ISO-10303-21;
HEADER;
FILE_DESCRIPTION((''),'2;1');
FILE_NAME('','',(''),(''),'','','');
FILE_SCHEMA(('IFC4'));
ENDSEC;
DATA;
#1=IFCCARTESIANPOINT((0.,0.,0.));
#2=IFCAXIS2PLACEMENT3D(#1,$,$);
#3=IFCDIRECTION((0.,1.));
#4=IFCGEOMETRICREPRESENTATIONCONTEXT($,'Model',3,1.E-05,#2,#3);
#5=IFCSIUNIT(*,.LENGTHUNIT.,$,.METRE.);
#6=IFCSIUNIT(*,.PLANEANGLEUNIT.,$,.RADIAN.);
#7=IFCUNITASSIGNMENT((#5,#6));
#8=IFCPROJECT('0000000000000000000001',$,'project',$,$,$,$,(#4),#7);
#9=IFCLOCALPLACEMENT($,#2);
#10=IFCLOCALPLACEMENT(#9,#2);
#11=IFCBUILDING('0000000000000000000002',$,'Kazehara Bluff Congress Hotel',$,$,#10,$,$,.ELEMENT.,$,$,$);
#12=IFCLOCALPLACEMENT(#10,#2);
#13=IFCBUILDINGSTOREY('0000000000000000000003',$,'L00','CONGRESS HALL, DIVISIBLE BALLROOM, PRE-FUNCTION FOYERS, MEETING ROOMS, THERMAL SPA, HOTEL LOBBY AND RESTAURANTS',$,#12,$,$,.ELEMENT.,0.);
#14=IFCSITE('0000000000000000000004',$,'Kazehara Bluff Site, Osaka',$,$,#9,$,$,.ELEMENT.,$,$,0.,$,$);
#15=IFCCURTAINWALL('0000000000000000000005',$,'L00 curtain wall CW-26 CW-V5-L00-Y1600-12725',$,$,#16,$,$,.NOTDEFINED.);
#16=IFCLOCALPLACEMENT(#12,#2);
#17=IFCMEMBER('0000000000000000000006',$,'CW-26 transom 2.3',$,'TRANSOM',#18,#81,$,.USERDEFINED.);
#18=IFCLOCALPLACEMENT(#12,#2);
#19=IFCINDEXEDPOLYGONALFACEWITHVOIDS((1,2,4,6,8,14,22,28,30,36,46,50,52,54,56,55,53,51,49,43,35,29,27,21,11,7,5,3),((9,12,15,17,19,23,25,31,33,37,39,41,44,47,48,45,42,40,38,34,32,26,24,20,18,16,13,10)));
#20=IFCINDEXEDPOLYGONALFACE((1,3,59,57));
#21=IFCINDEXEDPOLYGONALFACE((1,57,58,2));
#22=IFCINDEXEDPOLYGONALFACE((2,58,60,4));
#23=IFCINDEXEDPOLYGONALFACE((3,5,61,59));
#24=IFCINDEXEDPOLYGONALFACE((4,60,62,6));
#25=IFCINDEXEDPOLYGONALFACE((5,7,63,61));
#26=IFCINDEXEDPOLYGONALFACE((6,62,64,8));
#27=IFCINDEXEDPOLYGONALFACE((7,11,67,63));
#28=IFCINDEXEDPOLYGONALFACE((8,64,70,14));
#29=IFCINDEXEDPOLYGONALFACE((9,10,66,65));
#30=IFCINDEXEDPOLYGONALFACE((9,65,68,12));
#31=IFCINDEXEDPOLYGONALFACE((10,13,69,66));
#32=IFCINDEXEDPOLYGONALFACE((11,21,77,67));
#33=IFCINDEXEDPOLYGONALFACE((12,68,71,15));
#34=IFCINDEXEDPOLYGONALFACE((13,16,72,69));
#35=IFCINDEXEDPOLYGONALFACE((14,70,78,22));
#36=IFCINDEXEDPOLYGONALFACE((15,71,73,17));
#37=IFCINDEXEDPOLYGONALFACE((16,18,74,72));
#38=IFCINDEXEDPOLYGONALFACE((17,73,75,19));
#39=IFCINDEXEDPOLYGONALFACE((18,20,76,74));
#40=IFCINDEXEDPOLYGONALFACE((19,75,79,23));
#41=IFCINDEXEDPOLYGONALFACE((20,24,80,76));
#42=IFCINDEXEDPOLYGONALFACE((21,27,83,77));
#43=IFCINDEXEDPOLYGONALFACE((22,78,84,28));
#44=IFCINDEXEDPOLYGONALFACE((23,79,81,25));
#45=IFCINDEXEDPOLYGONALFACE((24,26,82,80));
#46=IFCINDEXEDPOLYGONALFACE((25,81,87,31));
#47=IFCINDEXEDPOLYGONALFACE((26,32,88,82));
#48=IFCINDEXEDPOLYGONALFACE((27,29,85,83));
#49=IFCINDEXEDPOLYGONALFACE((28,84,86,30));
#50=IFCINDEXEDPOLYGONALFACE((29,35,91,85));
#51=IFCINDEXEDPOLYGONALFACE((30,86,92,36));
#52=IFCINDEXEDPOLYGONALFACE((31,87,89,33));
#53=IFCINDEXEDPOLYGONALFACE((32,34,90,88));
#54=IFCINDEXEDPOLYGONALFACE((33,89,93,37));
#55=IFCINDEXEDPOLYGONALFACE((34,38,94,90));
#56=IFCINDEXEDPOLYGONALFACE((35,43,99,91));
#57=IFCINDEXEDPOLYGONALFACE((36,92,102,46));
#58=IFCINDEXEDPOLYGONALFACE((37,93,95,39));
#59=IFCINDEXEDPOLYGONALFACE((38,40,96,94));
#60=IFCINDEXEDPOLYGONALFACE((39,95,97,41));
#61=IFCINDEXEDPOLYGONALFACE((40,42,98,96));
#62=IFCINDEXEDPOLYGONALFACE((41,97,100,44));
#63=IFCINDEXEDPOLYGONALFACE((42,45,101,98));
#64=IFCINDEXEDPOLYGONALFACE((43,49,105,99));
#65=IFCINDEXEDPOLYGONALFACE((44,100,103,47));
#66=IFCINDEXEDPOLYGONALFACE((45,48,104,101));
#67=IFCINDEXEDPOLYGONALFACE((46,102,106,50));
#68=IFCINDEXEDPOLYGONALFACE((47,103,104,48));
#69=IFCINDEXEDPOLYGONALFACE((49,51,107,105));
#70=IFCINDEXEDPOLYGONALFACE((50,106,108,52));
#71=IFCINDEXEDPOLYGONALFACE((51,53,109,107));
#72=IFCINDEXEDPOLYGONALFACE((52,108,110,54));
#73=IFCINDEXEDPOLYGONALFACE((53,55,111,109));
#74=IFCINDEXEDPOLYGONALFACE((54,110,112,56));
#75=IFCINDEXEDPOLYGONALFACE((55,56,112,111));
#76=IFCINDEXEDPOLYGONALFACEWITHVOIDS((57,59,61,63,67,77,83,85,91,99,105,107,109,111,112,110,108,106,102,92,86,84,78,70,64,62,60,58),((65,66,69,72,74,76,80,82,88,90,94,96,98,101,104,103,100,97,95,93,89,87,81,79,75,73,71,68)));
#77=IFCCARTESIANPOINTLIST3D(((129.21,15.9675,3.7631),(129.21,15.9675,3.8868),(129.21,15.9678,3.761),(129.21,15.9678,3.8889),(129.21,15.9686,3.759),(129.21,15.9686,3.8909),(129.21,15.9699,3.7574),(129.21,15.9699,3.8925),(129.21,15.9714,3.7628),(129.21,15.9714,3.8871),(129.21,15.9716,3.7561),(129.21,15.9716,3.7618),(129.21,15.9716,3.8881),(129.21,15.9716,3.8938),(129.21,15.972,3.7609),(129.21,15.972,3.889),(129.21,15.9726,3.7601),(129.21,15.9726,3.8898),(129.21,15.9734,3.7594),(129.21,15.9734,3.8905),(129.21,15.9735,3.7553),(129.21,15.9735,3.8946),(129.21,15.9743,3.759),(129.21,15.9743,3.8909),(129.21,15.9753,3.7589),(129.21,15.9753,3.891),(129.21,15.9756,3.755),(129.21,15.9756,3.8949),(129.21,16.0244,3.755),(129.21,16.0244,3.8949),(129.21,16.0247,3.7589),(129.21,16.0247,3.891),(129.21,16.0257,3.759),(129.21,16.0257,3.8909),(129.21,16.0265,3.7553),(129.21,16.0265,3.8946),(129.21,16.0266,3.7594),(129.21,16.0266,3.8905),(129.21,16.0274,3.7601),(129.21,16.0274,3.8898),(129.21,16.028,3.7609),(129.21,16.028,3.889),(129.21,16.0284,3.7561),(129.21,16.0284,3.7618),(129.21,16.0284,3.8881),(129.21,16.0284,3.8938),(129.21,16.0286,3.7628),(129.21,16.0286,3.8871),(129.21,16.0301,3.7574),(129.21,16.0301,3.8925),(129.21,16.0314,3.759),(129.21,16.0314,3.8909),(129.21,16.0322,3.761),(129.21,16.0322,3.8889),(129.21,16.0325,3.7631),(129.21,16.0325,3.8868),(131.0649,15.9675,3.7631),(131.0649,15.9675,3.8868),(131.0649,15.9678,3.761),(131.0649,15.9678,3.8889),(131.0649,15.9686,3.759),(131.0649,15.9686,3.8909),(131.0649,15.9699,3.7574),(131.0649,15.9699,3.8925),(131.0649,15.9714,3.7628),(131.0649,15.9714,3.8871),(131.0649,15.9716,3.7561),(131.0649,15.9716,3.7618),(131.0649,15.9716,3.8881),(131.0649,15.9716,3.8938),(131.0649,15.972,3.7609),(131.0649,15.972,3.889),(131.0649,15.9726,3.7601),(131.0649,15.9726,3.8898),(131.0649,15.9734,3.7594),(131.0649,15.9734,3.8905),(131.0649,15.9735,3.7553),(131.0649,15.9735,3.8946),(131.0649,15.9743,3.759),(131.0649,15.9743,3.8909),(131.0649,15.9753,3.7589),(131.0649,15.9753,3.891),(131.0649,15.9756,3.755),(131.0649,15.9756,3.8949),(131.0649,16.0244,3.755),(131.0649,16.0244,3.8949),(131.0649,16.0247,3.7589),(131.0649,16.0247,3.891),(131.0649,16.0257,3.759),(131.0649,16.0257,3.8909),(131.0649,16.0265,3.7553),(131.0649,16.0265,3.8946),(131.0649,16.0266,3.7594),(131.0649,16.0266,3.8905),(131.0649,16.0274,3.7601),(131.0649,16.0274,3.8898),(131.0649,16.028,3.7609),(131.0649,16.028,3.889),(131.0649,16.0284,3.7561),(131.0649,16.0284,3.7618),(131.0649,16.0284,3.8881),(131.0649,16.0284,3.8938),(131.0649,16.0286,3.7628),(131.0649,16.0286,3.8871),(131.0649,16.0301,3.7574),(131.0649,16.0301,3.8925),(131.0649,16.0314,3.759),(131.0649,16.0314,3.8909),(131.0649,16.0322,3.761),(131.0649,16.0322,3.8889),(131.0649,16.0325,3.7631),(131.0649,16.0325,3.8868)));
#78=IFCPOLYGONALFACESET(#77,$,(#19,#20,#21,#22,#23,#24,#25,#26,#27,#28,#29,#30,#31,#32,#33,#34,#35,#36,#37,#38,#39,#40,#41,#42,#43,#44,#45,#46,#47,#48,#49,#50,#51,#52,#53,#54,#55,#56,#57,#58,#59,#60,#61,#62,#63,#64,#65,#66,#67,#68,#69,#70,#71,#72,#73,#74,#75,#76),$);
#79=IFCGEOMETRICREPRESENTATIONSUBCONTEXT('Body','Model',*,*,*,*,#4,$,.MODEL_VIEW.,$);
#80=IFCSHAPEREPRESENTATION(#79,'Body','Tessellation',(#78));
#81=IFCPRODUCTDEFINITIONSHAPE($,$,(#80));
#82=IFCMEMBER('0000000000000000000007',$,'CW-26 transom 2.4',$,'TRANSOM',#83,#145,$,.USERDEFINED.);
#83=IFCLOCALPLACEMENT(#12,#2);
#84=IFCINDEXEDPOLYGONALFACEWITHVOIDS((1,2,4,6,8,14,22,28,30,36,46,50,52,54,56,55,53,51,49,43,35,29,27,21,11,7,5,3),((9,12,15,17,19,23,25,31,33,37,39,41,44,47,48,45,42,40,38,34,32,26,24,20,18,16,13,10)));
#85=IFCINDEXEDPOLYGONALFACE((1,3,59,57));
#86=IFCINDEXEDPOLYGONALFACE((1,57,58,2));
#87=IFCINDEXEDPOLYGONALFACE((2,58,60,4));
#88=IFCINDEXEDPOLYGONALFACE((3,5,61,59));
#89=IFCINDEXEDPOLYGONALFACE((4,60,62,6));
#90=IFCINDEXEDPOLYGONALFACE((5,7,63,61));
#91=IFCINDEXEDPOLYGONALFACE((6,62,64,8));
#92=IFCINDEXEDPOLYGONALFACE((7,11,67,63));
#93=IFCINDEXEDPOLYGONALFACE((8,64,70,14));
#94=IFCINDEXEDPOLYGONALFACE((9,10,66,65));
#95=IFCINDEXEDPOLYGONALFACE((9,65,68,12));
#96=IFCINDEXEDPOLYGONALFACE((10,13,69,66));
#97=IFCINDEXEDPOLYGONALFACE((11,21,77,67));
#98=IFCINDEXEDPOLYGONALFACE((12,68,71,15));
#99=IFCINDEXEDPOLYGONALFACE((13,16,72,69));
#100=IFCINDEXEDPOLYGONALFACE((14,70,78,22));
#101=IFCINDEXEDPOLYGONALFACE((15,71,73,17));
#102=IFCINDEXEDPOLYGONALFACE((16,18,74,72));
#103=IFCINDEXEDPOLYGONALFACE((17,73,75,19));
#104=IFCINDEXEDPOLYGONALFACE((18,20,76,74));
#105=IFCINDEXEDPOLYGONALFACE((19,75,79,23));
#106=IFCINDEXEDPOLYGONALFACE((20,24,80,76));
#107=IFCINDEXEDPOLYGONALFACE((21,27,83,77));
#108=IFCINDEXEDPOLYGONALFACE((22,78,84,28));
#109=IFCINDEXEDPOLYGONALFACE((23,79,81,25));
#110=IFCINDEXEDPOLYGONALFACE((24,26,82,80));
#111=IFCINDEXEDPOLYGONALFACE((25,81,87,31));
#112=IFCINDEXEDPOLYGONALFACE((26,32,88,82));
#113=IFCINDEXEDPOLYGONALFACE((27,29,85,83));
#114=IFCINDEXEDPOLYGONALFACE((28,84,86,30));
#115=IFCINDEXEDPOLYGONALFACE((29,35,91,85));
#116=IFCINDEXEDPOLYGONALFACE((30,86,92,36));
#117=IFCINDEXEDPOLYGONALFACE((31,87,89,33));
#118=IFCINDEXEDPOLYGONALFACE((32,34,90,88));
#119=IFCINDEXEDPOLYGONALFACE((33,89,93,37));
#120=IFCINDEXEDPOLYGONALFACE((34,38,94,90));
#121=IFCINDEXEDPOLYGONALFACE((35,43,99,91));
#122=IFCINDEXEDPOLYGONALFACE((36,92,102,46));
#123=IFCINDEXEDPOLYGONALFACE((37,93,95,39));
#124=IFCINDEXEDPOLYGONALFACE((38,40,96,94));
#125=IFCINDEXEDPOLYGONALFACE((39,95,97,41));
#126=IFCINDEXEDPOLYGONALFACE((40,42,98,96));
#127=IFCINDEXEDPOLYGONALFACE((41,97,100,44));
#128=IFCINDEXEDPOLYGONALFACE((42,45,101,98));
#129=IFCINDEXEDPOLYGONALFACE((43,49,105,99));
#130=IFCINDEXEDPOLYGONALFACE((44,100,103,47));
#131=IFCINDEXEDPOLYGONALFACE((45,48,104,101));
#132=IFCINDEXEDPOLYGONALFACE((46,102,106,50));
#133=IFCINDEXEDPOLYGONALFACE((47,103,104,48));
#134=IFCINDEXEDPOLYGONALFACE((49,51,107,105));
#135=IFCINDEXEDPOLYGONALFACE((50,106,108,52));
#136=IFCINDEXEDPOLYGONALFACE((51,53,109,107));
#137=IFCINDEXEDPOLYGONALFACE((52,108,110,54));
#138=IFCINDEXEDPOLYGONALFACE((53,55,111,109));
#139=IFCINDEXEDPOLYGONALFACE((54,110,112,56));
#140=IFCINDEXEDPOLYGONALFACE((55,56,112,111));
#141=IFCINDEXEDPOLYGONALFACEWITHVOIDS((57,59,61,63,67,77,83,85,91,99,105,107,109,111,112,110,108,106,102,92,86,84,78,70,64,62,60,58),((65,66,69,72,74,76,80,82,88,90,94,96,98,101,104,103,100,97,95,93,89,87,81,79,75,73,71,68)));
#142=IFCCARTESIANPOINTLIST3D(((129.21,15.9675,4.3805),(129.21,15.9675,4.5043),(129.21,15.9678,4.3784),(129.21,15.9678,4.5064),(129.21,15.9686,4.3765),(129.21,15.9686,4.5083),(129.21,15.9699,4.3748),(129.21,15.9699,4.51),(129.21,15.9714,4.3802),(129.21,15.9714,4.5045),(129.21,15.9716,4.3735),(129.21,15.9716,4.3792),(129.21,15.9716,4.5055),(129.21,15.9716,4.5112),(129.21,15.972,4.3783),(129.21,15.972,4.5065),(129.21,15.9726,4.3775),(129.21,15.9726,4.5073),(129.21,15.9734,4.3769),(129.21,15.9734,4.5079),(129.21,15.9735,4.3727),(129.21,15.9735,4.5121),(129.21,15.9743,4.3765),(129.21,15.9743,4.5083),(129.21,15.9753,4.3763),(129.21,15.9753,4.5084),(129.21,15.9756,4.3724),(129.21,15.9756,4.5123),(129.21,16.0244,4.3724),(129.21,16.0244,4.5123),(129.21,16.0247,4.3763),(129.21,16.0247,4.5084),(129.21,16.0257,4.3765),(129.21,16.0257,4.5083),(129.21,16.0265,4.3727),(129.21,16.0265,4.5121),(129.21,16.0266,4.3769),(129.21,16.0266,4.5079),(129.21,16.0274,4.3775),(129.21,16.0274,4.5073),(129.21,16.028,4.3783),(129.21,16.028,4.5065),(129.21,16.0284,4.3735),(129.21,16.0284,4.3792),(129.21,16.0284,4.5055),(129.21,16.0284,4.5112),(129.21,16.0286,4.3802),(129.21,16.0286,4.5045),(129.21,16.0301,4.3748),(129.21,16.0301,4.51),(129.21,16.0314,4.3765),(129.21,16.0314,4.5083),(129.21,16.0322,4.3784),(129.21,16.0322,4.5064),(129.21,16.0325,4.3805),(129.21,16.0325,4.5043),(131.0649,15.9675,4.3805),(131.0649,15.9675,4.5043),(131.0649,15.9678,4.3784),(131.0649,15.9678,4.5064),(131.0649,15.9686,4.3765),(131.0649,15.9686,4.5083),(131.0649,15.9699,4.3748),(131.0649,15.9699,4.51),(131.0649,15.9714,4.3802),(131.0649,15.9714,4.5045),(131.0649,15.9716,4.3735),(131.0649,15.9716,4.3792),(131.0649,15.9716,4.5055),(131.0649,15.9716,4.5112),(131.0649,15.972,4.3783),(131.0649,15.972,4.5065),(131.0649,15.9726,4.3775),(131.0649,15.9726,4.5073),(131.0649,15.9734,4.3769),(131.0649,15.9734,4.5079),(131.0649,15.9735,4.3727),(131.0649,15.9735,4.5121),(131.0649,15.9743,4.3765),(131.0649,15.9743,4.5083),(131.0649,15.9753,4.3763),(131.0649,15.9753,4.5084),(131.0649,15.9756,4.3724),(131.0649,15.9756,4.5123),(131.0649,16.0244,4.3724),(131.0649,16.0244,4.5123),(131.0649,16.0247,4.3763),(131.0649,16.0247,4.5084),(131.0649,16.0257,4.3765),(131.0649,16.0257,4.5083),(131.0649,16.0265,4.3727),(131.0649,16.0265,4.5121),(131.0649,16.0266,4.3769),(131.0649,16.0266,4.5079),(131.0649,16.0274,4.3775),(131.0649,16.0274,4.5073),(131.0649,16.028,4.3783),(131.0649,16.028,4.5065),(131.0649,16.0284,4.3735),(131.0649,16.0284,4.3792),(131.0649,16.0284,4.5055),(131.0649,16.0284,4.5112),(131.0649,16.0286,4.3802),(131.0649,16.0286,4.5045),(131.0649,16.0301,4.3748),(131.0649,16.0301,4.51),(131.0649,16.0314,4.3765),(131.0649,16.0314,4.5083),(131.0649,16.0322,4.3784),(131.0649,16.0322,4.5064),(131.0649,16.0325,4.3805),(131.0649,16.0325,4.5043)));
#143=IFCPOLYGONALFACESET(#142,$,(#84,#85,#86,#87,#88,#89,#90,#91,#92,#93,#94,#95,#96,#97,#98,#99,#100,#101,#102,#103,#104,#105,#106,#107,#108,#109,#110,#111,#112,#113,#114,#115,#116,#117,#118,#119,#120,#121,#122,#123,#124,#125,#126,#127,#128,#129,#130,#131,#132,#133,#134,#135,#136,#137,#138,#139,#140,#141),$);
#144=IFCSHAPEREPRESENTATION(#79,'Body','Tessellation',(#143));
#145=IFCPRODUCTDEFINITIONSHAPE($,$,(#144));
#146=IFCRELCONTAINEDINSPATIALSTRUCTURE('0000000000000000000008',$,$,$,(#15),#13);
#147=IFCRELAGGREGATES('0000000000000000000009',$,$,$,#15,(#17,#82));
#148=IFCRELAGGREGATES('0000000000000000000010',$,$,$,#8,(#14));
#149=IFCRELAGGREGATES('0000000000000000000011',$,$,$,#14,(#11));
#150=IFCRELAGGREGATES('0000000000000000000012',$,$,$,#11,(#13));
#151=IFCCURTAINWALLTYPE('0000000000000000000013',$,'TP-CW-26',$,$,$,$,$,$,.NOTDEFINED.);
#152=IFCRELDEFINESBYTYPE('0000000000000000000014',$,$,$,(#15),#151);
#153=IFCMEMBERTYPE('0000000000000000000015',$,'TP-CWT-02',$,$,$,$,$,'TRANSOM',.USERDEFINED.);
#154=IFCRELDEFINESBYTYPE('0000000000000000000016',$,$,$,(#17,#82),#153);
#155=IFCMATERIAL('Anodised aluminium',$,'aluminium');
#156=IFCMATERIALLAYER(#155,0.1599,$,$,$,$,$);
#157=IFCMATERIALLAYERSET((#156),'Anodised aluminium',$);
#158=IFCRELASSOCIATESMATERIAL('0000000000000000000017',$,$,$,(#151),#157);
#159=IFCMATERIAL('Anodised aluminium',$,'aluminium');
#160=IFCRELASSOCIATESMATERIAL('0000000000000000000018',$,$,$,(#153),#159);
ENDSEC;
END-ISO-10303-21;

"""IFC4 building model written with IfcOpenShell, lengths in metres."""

from ifc_helpers import new_model, si_unit, direction, frame, origin, origin_2d, place, context, subcontext, project, spatial, hollow_rectangle, extrude, material, layer, layer_set, material_profile, profile_set, type_object, element, aggregate, save


model = new_model("IFC4")

# Units and contexts
model_context = context("Model", 3, precision=1e-05, world=origin(), true_north=direction((0.0, 1.0)))
body_context = subcontext(model_context, "Body", "Model", "MODEL_VIEW")
ifc_project = project(units=[si_unit("LENGTHUNIT", "METRE"), si_unit("PLANEANGLEUNIT", "RADIAN")], contexts=[model_context])

# Site, building, storey
site_placement = place(None, origin())
site = spatial("IfcSite", under=ifc_project, at=site_placement, Name="Kazehara Bluff Site, Osaka", CompositionType="ELEMENT", RefElevation=0.0)
building_placement = place(site_placement, origin())
building = spatial("IfcBuilding", under=site, at=building_placement, Name="Kazehara Bluff Congress Hotel", CompositionType="ELEMENT")
storey_placement = place(building_placement, origin())
storey = spatial("IfcBuildingStorey", under=building, at=storey_placement, Name="L00", Description="CONGRESS HALL, DIVISIBLE BALLROOM, PRE-FUNCTION FOYERS, MEETING ROOMS, THERMAL SPA, HOTEL LOBBY AND RESTAURANTS", CompositionType="ELEMENT", Elevation=0.0)

# Shared definitions
ifc_material_1 = material(Name="Anodised aluminium", Category="aluminium")
ifc_layer_1 = layer(ifc_material_1, 0.1599)
ifc_layer_set_1 = layer_set([ifc_layer_1], Name="Anodised aluminium")
curtain_wall_type = type_object("IfcCurtainWallType", Name="TP-CW-26", PredefinedType="NOTDEFINED", material=ifc_layer_set_1)

# Curtain wall
curtain_wall_1_placement = place(storey_placement, origin())
curtain_wall_1 = element("IfcCurtainWall", 1, at=curtain_wall_1_placement, inside=storey, type_object=curtain_wall_type, Name="L00 curtain wall CW-26 CW-V5-L00-Y1600-12725", PredefinedType="NOTDEFINED")

# Members
ifc_material_2 = material(Name="Anodised aluminium", Category="aluminium")
ifc_material_profile_1 = material_profile(ifc_material_2, hollow_rectangle(XDim=0.0649, YDim=0.1399, WallThickness=0.0039, InnerFilletRadius=0.0039, OuterFilletRadius=0.0081, at=origin_2d()))
ifc_profile_set_1 = profile_set([ifc_material_profile_1], Name="Anodised aluminium")
member_type_1 = type_object("IfcMemberType", Name="TP-CWT-02", ElementType="TRANSOM", PredefinedType="USERDEFINED", material=ifc_profile_set_1)
member_1_placement = place(storey_placement, frame((129.21, 16.0, 3.825), z_axis=(1.0, 0.0, 0.0), x_axis=(0.0, 1.0, 0.0)))
member_1 = element("IfcMember", 2, at=member_1_placement, type_object=member_type_1, Name="CW-26 transom 2.3", ObjectType="TRANSOM", PredefinedType="USERDEFINED", context=body_context, shape_type="SweptSolid", body=[
    extrude(hollow_rectangle(XDim=0.0649, YDim=0.1399, WallThickness=0.0039, InnerFilletRadius=0.0039, OuterFilletRadius=0.0081, at=origin_2d()), origin(), (0.0, 0.0, 1.0), 1.855),
])
member_2_placement = place(storey_placement, frame((129.21, 16.0, 4.4424), z_axis=(1.0, 0.0, 0.0), x_axis=(0.0, 1.0, 0.0)))
member_2 = element("IfcMember", 3, at=member_2_placement, type_object=member_type_1, Name="CW-26 transom 2.4", ObjectType="TRANSOM", PredefinedType="USERDEFINED", context=body_context, shape_type="SweptSolid", body=[
    extrude(hollow_rectangle(XDim=0.0649, YDim=0.1399, WallThickness=0.0039, InnerFilletRadius=0.0039, OuterFilletRadius=0.0081, at=origin_2d()), origin(), (0.0, 0.0, 1.0), 1.855),
])

aggregate(curtain_wall_1, [member_1, member_2])

save(model, "model.ifc")
